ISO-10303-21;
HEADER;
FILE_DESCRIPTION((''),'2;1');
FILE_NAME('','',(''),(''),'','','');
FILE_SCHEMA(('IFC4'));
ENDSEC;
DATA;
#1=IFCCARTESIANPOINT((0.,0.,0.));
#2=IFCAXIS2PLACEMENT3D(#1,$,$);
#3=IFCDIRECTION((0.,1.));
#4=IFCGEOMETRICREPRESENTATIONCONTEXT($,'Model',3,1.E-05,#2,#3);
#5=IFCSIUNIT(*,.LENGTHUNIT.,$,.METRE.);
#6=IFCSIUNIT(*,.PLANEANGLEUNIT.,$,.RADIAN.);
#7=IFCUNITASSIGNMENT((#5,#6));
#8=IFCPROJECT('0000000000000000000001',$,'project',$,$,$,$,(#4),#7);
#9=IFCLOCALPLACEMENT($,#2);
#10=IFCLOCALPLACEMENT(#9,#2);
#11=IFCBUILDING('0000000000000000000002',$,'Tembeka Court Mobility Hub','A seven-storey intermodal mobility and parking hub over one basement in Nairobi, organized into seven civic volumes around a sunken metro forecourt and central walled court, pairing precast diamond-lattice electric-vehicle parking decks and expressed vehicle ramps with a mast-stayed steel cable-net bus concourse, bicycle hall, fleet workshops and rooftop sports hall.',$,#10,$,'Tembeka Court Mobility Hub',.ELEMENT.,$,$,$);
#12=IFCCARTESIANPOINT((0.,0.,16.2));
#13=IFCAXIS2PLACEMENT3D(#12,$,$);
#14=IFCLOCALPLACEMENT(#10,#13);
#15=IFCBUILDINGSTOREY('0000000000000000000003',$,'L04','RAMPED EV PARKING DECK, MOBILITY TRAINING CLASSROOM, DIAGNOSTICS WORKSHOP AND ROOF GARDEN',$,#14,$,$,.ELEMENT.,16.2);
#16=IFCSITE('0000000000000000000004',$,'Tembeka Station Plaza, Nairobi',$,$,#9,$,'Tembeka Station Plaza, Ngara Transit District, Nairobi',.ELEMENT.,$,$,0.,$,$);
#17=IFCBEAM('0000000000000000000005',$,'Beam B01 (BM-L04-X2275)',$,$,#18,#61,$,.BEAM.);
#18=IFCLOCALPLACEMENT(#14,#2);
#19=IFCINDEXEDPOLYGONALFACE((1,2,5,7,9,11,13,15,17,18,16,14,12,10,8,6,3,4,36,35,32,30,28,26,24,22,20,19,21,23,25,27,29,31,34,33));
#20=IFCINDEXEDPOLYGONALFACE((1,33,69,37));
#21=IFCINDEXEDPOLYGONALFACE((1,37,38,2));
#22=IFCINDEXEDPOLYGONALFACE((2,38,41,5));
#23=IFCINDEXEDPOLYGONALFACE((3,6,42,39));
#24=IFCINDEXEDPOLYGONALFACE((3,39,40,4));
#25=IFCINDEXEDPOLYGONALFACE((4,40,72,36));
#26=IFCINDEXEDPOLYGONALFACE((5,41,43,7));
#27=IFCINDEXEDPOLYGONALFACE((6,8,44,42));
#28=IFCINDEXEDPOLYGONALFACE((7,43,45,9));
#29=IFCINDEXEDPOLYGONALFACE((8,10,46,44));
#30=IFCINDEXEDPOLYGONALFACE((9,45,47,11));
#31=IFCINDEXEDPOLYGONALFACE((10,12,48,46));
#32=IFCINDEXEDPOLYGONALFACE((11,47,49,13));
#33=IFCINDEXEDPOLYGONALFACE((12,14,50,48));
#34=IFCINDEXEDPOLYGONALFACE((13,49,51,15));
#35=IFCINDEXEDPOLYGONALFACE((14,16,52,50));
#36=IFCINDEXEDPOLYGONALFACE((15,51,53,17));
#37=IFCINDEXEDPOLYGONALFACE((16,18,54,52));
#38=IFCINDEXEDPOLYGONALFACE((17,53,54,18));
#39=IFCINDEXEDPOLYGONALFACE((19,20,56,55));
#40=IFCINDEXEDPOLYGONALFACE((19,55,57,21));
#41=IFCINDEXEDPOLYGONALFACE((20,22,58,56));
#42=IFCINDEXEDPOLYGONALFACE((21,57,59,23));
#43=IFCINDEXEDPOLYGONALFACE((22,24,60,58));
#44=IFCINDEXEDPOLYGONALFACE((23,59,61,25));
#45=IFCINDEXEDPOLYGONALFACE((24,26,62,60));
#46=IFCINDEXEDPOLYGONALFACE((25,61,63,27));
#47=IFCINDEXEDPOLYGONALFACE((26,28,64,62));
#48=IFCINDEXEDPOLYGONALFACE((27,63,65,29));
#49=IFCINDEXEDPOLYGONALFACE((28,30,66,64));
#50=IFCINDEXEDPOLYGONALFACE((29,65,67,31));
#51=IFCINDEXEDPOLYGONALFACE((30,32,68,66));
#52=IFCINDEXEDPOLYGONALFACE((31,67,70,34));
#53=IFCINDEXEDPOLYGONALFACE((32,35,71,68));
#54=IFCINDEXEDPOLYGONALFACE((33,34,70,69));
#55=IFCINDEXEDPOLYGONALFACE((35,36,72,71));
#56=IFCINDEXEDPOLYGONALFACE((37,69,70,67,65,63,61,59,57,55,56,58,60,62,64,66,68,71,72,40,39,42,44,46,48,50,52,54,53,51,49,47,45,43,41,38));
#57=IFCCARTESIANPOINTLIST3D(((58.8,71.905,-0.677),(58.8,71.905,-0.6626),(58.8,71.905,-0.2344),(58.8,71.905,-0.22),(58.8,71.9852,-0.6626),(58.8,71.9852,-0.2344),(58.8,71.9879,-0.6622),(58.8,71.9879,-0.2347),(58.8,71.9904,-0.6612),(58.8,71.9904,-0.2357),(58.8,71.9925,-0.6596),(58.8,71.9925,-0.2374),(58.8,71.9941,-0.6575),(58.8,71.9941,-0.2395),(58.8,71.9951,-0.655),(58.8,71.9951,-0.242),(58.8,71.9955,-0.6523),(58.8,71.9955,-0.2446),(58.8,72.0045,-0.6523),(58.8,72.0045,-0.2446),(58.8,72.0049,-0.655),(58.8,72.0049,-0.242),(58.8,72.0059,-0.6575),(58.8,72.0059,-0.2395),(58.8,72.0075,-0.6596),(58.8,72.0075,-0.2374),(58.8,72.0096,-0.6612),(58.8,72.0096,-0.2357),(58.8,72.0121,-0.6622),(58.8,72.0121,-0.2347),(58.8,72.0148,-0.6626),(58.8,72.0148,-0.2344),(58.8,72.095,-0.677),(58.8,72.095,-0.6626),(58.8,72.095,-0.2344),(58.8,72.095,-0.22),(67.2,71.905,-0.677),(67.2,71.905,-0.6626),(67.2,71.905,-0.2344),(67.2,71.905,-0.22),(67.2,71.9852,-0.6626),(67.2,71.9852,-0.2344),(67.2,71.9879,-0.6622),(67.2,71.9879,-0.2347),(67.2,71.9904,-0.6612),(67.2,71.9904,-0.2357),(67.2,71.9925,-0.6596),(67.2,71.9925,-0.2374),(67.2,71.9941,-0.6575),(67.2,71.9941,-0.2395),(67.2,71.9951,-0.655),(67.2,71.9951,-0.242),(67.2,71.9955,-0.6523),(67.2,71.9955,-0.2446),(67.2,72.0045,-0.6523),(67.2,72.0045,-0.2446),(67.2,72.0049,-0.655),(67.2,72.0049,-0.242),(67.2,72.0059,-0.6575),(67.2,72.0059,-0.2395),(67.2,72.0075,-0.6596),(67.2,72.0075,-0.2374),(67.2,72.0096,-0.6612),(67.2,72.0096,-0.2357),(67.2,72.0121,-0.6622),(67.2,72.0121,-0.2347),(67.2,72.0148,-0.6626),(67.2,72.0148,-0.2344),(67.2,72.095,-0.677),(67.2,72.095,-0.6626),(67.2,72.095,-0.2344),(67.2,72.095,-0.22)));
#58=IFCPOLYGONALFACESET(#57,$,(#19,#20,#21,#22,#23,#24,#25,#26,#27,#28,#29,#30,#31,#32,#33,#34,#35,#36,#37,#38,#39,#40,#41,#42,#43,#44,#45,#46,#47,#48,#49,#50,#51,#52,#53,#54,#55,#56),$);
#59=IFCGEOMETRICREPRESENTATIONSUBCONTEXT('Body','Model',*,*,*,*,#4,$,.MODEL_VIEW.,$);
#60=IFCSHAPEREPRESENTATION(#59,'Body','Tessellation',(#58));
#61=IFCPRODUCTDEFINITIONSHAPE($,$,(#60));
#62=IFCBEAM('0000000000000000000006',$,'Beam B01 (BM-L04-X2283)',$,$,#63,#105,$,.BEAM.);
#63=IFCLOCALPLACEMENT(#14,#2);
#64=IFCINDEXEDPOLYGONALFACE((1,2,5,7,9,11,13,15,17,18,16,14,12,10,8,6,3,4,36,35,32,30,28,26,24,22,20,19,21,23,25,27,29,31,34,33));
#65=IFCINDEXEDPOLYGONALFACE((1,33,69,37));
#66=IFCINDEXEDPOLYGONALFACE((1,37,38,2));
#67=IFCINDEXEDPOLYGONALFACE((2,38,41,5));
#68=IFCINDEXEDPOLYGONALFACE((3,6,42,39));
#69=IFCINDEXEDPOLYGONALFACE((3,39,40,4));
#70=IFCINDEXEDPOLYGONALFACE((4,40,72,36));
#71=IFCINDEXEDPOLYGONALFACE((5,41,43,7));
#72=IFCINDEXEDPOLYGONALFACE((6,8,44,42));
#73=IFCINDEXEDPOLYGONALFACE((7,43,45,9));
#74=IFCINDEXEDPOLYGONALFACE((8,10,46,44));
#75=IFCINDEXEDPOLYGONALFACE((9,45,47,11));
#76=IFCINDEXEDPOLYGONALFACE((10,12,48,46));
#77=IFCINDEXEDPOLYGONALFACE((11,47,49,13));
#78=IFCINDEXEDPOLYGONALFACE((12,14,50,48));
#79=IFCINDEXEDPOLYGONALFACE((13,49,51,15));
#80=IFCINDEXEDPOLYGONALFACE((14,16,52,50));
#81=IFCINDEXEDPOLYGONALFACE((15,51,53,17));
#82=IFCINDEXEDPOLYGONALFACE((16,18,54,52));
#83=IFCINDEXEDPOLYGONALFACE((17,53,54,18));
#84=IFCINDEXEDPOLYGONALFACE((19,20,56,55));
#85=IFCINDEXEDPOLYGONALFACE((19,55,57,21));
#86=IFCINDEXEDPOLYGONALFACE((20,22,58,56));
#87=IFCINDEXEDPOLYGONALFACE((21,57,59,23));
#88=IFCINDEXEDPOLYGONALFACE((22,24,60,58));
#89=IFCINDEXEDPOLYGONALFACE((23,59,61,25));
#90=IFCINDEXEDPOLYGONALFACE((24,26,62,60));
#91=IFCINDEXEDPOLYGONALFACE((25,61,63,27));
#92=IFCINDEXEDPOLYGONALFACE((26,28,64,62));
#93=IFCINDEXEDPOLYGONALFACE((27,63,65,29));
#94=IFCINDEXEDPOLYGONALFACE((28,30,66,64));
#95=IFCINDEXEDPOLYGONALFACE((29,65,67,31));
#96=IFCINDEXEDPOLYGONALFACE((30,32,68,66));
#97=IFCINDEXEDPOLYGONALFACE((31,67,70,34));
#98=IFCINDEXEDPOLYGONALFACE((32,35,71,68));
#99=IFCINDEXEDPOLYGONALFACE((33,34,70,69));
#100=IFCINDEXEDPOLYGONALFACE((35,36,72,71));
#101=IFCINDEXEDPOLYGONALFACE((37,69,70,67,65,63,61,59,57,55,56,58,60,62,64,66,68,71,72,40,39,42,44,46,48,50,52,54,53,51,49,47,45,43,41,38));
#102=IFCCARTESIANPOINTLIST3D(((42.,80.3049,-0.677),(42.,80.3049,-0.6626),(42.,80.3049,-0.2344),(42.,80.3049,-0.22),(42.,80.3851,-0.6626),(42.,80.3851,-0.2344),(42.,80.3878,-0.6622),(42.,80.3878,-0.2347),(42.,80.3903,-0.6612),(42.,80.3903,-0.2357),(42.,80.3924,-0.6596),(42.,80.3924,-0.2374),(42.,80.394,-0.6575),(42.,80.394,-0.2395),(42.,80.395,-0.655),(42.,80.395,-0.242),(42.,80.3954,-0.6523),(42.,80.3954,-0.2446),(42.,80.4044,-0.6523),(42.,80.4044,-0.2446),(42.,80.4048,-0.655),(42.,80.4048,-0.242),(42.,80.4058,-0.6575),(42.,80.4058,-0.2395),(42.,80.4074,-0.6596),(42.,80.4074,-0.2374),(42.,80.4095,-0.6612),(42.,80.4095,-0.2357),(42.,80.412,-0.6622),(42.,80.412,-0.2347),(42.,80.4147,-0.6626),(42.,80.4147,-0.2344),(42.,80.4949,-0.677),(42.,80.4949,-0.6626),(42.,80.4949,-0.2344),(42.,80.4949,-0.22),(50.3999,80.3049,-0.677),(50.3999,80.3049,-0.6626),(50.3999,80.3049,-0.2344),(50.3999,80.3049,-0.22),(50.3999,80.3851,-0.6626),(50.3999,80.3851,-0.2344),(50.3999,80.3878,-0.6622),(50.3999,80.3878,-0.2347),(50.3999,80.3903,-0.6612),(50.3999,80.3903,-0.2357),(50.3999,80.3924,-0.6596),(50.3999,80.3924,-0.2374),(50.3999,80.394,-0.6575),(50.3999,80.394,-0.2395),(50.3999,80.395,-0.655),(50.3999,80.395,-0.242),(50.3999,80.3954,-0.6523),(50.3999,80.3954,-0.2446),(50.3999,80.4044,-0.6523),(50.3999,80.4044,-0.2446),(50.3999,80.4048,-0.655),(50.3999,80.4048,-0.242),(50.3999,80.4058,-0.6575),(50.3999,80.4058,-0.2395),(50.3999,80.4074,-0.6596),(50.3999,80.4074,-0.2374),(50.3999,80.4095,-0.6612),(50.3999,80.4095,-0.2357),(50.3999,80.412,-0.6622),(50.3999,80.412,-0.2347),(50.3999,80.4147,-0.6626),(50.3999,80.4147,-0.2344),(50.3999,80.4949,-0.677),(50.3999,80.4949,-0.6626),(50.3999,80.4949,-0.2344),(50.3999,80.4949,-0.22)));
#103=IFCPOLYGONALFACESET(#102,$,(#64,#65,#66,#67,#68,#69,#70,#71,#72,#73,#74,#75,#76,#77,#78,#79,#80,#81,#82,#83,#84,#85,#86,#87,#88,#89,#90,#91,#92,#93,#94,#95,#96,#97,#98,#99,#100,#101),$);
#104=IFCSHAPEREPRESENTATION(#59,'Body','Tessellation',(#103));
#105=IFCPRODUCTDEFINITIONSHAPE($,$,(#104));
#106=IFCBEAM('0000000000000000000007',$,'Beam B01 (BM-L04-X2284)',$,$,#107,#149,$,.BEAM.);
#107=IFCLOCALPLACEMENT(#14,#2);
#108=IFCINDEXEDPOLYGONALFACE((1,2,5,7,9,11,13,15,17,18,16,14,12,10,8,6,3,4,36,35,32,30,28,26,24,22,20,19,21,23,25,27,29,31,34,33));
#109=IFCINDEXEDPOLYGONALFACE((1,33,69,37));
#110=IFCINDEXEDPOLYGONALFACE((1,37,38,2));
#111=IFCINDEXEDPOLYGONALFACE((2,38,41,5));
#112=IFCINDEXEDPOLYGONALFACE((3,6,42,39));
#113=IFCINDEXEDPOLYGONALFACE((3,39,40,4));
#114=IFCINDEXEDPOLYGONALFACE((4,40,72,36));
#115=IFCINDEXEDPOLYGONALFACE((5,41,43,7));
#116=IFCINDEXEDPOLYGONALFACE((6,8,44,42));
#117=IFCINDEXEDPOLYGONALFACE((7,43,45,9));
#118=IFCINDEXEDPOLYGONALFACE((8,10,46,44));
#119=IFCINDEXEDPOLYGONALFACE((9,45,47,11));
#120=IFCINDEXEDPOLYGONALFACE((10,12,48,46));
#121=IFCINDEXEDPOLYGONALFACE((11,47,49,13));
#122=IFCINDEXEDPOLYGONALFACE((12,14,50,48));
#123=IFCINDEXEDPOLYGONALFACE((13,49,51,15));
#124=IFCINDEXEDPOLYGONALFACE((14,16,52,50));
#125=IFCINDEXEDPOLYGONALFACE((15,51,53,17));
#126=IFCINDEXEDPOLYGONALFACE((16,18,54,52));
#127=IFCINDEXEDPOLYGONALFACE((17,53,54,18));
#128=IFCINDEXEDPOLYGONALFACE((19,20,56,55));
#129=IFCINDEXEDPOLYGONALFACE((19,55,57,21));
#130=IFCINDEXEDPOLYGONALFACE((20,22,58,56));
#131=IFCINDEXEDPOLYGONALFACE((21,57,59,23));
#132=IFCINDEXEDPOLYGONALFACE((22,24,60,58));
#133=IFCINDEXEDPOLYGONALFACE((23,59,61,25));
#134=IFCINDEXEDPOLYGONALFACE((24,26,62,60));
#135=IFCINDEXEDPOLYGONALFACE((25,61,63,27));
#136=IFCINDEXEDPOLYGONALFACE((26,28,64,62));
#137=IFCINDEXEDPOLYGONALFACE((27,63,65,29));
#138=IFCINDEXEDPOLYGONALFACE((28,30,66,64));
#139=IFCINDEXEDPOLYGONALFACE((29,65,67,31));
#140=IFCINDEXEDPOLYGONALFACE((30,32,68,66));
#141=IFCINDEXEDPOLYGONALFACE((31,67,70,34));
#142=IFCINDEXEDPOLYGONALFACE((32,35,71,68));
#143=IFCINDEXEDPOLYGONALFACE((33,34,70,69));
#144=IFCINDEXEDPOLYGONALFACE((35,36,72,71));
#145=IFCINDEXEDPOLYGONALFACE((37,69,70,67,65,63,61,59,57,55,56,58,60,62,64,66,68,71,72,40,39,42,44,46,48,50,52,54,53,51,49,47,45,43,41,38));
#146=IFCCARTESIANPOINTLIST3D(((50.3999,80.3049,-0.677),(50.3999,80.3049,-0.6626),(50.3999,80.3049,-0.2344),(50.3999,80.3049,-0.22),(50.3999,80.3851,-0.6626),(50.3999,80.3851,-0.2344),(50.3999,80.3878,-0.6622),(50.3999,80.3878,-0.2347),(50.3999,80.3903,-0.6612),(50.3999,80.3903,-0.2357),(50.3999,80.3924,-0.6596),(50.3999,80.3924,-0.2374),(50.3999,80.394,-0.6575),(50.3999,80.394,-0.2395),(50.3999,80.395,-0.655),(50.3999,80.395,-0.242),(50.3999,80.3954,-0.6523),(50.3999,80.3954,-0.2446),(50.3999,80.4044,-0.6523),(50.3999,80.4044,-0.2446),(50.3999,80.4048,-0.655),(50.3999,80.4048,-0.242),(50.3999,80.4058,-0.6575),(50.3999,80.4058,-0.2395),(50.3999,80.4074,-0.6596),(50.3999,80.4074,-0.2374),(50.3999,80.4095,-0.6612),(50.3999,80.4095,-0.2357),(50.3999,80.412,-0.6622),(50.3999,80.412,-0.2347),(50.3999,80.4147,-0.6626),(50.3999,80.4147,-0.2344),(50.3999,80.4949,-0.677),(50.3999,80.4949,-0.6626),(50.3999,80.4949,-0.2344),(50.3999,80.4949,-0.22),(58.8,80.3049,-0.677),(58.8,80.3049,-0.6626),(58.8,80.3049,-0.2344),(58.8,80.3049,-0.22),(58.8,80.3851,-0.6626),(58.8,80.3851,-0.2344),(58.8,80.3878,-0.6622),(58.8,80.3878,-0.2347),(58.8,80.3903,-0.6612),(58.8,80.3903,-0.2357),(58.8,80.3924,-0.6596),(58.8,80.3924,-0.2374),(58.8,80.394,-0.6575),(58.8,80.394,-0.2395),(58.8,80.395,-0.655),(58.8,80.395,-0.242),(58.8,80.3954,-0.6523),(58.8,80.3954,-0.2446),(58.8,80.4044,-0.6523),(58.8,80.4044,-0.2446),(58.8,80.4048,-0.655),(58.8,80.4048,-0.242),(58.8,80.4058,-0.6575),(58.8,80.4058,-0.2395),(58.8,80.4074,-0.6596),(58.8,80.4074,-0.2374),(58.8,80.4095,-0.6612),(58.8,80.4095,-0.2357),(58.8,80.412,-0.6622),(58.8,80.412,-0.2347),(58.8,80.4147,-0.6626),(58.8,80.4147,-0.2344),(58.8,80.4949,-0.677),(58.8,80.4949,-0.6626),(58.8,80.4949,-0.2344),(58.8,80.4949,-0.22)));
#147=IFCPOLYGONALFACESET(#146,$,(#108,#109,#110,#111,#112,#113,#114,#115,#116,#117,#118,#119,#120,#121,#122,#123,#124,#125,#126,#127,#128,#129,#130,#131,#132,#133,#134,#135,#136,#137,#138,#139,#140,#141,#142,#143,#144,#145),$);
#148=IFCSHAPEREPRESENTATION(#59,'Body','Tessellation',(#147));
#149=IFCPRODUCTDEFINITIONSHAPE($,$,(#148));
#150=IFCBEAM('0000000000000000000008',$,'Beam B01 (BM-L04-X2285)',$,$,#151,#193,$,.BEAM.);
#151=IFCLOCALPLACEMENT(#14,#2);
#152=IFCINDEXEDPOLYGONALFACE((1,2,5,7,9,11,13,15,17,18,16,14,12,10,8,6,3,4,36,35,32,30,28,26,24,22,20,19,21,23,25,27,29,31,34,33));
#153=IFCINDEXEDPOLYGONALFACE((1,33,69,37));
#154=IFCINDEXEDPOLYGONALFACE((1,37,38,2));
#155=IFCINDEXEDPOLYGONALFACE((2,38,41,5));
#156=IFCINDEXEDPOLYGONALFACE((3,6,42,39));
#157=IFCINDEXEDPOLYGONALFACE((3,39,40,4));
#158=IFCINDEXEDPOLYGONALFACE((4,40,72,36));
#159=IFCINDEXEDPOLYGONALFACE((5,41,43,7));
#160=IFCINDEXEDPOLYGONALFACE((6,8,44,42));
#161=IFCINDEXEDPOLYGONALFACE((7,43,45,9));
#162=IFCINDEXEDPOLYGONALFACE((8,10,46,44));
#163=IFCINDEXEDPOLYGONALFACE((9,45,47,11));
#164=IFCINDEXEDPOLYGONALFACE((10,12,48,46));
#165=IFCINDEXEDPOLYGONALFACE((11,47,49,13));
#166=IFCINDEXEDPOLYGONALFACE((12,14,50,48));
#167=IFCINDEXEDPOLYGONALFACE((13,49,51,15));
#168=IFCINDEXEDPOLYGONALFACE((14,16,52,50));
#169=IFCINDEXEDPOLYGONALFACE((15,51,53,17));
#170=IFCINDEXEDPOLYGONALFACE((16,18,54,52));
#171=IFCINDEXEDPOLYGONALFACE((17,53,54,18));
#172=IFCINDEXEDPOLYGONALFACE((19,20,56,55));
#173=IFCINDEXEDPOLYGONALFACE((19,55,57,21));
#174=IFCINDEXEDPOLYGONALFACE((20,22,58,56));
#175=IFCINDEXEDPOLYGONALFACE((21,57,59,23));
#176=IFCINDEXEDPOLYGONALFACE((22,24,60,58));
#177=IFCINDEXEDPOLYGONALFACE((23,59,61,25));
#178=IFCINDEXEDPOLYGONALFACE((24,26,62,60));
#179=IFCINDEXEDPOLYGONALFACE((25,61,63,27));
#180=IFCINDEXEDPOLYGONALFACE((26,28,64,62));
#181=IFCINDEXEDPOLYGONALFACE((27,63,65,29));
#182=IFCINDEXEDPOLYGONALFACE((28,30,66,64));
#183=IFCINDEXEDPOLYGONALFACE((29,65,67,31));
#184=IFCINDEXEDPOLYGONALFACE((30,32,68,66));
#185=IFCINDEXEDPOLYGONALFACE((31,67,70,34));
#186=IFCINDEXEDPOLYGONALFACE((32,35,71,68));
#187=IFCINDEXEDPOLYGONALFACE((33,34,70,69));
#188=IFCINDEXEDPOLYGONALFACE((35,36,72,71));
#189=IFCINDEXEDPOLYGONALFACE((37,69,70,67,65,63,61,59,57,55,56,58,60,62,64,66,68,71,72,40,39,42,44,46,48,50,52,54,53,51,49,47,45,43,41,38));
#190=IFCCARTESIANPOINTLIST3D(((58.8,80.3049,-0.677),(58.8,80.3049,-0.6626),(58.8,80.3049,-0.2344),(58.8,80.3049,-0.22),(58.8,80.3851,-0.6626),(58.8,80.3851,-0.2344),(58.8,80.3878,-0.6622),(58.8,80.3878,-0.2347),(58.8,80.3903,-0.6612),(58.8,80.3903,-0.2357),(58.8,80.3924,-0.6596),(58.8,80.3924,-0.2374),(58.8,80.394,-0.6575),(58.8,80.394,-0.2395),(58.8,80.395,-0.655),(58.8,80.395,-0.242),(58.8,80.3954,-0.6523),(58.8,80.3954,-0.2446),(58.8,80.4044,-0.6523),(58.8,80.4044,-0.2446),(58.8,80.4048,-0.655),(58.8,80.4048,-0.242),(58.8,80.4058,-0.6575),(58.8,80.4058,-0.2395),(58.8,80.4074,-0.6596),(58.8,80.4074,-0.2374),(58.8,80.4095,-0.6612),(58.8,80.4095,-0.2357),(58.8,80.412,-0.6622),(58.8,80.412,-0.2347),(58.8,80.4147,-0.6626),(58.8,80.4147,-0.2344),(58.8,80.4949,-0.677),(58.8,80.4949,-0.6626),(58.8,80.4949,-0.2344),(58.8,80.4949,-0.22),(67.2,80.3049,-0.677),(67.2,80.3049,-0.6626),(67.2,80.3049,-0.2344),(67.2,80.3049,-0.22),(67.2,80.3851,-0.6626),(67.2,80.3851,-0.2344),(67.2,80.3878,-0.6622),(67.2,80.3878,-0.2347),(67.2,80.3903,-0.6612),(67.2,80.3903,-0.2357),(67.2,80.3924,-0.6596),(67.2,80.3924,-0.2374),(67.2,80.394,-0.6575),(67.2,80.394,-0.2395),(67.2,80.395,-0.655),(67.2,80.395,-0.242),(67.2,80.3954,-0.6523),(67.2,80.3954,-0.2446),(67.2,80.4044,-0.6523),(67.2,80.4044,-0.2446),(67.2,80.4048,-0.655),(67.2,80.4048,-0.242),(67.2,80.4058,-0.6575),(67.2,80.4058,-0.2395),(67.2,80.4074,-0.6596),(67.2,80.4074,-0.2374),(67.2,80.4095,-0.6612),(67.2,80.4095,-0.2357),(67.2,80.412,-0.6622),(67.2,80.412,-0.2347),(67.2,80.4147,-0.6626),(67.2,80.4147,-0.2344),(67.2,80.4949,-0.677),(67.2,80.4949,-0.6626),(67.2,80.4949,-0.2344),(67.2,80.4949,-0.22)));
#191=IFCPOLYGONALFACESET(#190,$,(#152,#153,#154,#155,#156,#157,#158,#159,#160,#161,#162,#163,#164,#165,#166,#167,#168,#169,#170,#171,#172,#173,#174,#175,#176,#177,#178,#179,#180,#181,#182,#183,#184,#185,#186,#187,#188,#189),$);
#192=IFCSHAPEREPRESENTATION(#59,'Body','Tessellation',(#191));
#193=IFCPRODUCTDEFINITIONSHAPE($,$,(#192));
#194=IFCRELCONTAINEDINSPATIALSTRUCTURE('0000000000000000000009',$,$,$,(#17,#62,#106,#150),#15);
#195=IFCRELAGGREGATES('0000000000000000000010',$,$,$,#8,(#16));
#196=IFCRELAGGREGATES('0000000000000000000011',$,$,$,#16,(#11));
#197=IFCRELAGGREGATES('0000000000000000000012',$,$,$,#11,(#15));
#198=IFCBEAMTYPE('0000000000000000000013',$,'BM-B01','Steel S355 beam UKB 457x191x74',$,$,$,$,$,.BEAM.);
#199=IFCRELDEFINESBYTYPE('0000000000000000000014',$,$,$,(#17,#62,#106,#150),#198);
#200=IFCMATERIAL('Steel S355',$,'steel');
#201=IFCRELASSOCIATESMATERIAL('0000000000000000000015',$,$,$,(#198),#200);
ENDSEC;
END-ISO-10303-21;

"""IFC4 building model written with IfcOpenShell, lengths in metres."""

from ifc_helpers import new_model, si_unit, direction, frame, origin, origin_2d, place, context, subcontext, project, spatial, i_section, extrude, material, material_profile, profile_set, type_object, element, save


model = new_model("IFC4")

# Units and contexts
model_context = context("Model", 3, precision=1e-05, world=origin(), true_north=direction((0.0, 1.0)))
body_context = subcontext(model_context, "Body", "Model", "MODEL_VIEW")
ifc_project = project(units=[si_unit("LENGTHUNIT", "METRE"), si_unit("PLANEANGLEUNIT", "RADIAN")], contexts=[model_context])

# Site, building, storey
site_placement = place(None, origin())
site = spatial("IfcSite", under=ifc_project, at=site_placement, Name="Tembeka Station Plaza, Nairobi", LongName="Tembeka Station Plaza, Ngara Transit District, Nairobi", CompositionType="ELEMENT", RefElevation=0.0)
building_placement = place(site_placement, origin())
building = spatial("IfcBuilding", under=site, at=building_placement, Name="Tembeka Court Mobility Hub", Description="A seven-storey intermodal mobility and parking hub over one basement in Nairobi, organized into seven civic volumes around a sunken metro forecourt and central walled court, pairing precast diamond-lattice electric-vehicle parking decks and expressed vehicle ramps with a mast-stayed steel cable-net bus concourse, bicycle hall, fleet workshops and rooftop sports hall.", LongName="Tembeka Court Mobility Hub", CompositionType="ELEMENT")
storey_placement = place(building_placement, frame((0.0, 0.0, 16.2)))
storey = spatial("IfcBuildingStorey", under=building, at=storey_placement, Name="L04", Description="RAMPED EV PARKING DECK, MOBILITY TRAINING CLASSROOM, DIAGNOSTICS WORKSHOP AND ROOF GARDEN", CompositionType="ELEMENT", Elevation=16.2)

# Shared definitions
ifc_material = material(Name="Steel S355", Category="steel")

# Beams
ifc_material_profile_1 = material_profile(ifc_material, i_section(OverallWidth=0.1899, OverallDepth=0.457, WebThickness=0.009, FlangeThickness=0.0144, FilletRadius=0.0103, at=origin_2d()), Name="UKB 457x191x74")
ifc_profile_set_1 = profile_set([ifc_material_profile_1], Name="Steel S355")
beam_type_1 = type_object("IfcBeamType", Name="BM-B01", Description="Steel S355 beam UKB 457x191x74", PredefinedType="BEAM", material=ifc_profile_set_1)
for number, where, z_axis, x_axis, name in (
    (1, (58.8, 72.0, -0.4485), (1.0, 0.0, 0.0), (0.0, 1.0, 0.0), "Beam B01 (BM-L04-X2275)"),
    (2, (42.0, 80.3999, -0.4485), (1.0, 0.0, 0.0), (0.0, 1.0, 0.0), "Beam B01 (BM-L04-X2283)"),
):
    element("IfcBeam", number, at=place(storey_placement, frame(where, z_axis=z_axis, x_axis=x_axis)), inside=storey, type_object=beam_type_1, Name=name, PredefinedType="BEAM", context=body_context, shape_type="SweptSolid", body=[
        extrude(i_section(OverallWidth=0.1899, OverallDepth=0.457, WebThickness=0.009, FlangeThickness=0.0144, FilletRadius=0.0103, at=origin_2d()), origin(), (0.0, 0.0, 1.0), 8.3999),
    ])
beam_1_placement = place(storey_placement, frame((50.3999, 80.3999, -0.4485), z_axis=(1.0, 0.0, 0.0), x_axis=(0.0, 1.0, 0.0)))
element("IfcBeam", 3, at=beam_1_placement, inside=storey, type_object=beam_type_1, Name="Beam B01 (BM-L04-X2284)", PredefinedType="BEAM", context=body_context, shape_type="SweptSolid", body=[
    extrude(i_section(OverallWidth=0.1899, OverallDepth=0.457, WebThickness=0.009, FlangeThickness=0.0144, FilletRadius=0.0103, at=origin_2d()), origin(), (0.0, 0.0, 1.0), 8.4001),
])
beam_2_placement = place(storey_placement, frame((58.8, 80.3999, -0.4485), z_axis=(1.0, 0.0, 0.0), x_axis=(0.0, 1.0, 0.0)))
element("IfcBeam", 4, at=beam_2_placement, inside=storey, type_object=beam_type_1, Name="Beam B01 (BM-L04-X2285)", PredefinedType="BEAM", context=body_context, shape_type="SweptSolid", body=[
    extrude(i_section(OverallWidth=0.1899, OverallDepth=0.457, WebThickness=0.009, FlangeThickness=0.0144, FilletRadius=0.0103, at=origin_2d()), origin(), (0.0, 0.0, 1.0), 8.3999),
])

save(model, "model.ifc")
